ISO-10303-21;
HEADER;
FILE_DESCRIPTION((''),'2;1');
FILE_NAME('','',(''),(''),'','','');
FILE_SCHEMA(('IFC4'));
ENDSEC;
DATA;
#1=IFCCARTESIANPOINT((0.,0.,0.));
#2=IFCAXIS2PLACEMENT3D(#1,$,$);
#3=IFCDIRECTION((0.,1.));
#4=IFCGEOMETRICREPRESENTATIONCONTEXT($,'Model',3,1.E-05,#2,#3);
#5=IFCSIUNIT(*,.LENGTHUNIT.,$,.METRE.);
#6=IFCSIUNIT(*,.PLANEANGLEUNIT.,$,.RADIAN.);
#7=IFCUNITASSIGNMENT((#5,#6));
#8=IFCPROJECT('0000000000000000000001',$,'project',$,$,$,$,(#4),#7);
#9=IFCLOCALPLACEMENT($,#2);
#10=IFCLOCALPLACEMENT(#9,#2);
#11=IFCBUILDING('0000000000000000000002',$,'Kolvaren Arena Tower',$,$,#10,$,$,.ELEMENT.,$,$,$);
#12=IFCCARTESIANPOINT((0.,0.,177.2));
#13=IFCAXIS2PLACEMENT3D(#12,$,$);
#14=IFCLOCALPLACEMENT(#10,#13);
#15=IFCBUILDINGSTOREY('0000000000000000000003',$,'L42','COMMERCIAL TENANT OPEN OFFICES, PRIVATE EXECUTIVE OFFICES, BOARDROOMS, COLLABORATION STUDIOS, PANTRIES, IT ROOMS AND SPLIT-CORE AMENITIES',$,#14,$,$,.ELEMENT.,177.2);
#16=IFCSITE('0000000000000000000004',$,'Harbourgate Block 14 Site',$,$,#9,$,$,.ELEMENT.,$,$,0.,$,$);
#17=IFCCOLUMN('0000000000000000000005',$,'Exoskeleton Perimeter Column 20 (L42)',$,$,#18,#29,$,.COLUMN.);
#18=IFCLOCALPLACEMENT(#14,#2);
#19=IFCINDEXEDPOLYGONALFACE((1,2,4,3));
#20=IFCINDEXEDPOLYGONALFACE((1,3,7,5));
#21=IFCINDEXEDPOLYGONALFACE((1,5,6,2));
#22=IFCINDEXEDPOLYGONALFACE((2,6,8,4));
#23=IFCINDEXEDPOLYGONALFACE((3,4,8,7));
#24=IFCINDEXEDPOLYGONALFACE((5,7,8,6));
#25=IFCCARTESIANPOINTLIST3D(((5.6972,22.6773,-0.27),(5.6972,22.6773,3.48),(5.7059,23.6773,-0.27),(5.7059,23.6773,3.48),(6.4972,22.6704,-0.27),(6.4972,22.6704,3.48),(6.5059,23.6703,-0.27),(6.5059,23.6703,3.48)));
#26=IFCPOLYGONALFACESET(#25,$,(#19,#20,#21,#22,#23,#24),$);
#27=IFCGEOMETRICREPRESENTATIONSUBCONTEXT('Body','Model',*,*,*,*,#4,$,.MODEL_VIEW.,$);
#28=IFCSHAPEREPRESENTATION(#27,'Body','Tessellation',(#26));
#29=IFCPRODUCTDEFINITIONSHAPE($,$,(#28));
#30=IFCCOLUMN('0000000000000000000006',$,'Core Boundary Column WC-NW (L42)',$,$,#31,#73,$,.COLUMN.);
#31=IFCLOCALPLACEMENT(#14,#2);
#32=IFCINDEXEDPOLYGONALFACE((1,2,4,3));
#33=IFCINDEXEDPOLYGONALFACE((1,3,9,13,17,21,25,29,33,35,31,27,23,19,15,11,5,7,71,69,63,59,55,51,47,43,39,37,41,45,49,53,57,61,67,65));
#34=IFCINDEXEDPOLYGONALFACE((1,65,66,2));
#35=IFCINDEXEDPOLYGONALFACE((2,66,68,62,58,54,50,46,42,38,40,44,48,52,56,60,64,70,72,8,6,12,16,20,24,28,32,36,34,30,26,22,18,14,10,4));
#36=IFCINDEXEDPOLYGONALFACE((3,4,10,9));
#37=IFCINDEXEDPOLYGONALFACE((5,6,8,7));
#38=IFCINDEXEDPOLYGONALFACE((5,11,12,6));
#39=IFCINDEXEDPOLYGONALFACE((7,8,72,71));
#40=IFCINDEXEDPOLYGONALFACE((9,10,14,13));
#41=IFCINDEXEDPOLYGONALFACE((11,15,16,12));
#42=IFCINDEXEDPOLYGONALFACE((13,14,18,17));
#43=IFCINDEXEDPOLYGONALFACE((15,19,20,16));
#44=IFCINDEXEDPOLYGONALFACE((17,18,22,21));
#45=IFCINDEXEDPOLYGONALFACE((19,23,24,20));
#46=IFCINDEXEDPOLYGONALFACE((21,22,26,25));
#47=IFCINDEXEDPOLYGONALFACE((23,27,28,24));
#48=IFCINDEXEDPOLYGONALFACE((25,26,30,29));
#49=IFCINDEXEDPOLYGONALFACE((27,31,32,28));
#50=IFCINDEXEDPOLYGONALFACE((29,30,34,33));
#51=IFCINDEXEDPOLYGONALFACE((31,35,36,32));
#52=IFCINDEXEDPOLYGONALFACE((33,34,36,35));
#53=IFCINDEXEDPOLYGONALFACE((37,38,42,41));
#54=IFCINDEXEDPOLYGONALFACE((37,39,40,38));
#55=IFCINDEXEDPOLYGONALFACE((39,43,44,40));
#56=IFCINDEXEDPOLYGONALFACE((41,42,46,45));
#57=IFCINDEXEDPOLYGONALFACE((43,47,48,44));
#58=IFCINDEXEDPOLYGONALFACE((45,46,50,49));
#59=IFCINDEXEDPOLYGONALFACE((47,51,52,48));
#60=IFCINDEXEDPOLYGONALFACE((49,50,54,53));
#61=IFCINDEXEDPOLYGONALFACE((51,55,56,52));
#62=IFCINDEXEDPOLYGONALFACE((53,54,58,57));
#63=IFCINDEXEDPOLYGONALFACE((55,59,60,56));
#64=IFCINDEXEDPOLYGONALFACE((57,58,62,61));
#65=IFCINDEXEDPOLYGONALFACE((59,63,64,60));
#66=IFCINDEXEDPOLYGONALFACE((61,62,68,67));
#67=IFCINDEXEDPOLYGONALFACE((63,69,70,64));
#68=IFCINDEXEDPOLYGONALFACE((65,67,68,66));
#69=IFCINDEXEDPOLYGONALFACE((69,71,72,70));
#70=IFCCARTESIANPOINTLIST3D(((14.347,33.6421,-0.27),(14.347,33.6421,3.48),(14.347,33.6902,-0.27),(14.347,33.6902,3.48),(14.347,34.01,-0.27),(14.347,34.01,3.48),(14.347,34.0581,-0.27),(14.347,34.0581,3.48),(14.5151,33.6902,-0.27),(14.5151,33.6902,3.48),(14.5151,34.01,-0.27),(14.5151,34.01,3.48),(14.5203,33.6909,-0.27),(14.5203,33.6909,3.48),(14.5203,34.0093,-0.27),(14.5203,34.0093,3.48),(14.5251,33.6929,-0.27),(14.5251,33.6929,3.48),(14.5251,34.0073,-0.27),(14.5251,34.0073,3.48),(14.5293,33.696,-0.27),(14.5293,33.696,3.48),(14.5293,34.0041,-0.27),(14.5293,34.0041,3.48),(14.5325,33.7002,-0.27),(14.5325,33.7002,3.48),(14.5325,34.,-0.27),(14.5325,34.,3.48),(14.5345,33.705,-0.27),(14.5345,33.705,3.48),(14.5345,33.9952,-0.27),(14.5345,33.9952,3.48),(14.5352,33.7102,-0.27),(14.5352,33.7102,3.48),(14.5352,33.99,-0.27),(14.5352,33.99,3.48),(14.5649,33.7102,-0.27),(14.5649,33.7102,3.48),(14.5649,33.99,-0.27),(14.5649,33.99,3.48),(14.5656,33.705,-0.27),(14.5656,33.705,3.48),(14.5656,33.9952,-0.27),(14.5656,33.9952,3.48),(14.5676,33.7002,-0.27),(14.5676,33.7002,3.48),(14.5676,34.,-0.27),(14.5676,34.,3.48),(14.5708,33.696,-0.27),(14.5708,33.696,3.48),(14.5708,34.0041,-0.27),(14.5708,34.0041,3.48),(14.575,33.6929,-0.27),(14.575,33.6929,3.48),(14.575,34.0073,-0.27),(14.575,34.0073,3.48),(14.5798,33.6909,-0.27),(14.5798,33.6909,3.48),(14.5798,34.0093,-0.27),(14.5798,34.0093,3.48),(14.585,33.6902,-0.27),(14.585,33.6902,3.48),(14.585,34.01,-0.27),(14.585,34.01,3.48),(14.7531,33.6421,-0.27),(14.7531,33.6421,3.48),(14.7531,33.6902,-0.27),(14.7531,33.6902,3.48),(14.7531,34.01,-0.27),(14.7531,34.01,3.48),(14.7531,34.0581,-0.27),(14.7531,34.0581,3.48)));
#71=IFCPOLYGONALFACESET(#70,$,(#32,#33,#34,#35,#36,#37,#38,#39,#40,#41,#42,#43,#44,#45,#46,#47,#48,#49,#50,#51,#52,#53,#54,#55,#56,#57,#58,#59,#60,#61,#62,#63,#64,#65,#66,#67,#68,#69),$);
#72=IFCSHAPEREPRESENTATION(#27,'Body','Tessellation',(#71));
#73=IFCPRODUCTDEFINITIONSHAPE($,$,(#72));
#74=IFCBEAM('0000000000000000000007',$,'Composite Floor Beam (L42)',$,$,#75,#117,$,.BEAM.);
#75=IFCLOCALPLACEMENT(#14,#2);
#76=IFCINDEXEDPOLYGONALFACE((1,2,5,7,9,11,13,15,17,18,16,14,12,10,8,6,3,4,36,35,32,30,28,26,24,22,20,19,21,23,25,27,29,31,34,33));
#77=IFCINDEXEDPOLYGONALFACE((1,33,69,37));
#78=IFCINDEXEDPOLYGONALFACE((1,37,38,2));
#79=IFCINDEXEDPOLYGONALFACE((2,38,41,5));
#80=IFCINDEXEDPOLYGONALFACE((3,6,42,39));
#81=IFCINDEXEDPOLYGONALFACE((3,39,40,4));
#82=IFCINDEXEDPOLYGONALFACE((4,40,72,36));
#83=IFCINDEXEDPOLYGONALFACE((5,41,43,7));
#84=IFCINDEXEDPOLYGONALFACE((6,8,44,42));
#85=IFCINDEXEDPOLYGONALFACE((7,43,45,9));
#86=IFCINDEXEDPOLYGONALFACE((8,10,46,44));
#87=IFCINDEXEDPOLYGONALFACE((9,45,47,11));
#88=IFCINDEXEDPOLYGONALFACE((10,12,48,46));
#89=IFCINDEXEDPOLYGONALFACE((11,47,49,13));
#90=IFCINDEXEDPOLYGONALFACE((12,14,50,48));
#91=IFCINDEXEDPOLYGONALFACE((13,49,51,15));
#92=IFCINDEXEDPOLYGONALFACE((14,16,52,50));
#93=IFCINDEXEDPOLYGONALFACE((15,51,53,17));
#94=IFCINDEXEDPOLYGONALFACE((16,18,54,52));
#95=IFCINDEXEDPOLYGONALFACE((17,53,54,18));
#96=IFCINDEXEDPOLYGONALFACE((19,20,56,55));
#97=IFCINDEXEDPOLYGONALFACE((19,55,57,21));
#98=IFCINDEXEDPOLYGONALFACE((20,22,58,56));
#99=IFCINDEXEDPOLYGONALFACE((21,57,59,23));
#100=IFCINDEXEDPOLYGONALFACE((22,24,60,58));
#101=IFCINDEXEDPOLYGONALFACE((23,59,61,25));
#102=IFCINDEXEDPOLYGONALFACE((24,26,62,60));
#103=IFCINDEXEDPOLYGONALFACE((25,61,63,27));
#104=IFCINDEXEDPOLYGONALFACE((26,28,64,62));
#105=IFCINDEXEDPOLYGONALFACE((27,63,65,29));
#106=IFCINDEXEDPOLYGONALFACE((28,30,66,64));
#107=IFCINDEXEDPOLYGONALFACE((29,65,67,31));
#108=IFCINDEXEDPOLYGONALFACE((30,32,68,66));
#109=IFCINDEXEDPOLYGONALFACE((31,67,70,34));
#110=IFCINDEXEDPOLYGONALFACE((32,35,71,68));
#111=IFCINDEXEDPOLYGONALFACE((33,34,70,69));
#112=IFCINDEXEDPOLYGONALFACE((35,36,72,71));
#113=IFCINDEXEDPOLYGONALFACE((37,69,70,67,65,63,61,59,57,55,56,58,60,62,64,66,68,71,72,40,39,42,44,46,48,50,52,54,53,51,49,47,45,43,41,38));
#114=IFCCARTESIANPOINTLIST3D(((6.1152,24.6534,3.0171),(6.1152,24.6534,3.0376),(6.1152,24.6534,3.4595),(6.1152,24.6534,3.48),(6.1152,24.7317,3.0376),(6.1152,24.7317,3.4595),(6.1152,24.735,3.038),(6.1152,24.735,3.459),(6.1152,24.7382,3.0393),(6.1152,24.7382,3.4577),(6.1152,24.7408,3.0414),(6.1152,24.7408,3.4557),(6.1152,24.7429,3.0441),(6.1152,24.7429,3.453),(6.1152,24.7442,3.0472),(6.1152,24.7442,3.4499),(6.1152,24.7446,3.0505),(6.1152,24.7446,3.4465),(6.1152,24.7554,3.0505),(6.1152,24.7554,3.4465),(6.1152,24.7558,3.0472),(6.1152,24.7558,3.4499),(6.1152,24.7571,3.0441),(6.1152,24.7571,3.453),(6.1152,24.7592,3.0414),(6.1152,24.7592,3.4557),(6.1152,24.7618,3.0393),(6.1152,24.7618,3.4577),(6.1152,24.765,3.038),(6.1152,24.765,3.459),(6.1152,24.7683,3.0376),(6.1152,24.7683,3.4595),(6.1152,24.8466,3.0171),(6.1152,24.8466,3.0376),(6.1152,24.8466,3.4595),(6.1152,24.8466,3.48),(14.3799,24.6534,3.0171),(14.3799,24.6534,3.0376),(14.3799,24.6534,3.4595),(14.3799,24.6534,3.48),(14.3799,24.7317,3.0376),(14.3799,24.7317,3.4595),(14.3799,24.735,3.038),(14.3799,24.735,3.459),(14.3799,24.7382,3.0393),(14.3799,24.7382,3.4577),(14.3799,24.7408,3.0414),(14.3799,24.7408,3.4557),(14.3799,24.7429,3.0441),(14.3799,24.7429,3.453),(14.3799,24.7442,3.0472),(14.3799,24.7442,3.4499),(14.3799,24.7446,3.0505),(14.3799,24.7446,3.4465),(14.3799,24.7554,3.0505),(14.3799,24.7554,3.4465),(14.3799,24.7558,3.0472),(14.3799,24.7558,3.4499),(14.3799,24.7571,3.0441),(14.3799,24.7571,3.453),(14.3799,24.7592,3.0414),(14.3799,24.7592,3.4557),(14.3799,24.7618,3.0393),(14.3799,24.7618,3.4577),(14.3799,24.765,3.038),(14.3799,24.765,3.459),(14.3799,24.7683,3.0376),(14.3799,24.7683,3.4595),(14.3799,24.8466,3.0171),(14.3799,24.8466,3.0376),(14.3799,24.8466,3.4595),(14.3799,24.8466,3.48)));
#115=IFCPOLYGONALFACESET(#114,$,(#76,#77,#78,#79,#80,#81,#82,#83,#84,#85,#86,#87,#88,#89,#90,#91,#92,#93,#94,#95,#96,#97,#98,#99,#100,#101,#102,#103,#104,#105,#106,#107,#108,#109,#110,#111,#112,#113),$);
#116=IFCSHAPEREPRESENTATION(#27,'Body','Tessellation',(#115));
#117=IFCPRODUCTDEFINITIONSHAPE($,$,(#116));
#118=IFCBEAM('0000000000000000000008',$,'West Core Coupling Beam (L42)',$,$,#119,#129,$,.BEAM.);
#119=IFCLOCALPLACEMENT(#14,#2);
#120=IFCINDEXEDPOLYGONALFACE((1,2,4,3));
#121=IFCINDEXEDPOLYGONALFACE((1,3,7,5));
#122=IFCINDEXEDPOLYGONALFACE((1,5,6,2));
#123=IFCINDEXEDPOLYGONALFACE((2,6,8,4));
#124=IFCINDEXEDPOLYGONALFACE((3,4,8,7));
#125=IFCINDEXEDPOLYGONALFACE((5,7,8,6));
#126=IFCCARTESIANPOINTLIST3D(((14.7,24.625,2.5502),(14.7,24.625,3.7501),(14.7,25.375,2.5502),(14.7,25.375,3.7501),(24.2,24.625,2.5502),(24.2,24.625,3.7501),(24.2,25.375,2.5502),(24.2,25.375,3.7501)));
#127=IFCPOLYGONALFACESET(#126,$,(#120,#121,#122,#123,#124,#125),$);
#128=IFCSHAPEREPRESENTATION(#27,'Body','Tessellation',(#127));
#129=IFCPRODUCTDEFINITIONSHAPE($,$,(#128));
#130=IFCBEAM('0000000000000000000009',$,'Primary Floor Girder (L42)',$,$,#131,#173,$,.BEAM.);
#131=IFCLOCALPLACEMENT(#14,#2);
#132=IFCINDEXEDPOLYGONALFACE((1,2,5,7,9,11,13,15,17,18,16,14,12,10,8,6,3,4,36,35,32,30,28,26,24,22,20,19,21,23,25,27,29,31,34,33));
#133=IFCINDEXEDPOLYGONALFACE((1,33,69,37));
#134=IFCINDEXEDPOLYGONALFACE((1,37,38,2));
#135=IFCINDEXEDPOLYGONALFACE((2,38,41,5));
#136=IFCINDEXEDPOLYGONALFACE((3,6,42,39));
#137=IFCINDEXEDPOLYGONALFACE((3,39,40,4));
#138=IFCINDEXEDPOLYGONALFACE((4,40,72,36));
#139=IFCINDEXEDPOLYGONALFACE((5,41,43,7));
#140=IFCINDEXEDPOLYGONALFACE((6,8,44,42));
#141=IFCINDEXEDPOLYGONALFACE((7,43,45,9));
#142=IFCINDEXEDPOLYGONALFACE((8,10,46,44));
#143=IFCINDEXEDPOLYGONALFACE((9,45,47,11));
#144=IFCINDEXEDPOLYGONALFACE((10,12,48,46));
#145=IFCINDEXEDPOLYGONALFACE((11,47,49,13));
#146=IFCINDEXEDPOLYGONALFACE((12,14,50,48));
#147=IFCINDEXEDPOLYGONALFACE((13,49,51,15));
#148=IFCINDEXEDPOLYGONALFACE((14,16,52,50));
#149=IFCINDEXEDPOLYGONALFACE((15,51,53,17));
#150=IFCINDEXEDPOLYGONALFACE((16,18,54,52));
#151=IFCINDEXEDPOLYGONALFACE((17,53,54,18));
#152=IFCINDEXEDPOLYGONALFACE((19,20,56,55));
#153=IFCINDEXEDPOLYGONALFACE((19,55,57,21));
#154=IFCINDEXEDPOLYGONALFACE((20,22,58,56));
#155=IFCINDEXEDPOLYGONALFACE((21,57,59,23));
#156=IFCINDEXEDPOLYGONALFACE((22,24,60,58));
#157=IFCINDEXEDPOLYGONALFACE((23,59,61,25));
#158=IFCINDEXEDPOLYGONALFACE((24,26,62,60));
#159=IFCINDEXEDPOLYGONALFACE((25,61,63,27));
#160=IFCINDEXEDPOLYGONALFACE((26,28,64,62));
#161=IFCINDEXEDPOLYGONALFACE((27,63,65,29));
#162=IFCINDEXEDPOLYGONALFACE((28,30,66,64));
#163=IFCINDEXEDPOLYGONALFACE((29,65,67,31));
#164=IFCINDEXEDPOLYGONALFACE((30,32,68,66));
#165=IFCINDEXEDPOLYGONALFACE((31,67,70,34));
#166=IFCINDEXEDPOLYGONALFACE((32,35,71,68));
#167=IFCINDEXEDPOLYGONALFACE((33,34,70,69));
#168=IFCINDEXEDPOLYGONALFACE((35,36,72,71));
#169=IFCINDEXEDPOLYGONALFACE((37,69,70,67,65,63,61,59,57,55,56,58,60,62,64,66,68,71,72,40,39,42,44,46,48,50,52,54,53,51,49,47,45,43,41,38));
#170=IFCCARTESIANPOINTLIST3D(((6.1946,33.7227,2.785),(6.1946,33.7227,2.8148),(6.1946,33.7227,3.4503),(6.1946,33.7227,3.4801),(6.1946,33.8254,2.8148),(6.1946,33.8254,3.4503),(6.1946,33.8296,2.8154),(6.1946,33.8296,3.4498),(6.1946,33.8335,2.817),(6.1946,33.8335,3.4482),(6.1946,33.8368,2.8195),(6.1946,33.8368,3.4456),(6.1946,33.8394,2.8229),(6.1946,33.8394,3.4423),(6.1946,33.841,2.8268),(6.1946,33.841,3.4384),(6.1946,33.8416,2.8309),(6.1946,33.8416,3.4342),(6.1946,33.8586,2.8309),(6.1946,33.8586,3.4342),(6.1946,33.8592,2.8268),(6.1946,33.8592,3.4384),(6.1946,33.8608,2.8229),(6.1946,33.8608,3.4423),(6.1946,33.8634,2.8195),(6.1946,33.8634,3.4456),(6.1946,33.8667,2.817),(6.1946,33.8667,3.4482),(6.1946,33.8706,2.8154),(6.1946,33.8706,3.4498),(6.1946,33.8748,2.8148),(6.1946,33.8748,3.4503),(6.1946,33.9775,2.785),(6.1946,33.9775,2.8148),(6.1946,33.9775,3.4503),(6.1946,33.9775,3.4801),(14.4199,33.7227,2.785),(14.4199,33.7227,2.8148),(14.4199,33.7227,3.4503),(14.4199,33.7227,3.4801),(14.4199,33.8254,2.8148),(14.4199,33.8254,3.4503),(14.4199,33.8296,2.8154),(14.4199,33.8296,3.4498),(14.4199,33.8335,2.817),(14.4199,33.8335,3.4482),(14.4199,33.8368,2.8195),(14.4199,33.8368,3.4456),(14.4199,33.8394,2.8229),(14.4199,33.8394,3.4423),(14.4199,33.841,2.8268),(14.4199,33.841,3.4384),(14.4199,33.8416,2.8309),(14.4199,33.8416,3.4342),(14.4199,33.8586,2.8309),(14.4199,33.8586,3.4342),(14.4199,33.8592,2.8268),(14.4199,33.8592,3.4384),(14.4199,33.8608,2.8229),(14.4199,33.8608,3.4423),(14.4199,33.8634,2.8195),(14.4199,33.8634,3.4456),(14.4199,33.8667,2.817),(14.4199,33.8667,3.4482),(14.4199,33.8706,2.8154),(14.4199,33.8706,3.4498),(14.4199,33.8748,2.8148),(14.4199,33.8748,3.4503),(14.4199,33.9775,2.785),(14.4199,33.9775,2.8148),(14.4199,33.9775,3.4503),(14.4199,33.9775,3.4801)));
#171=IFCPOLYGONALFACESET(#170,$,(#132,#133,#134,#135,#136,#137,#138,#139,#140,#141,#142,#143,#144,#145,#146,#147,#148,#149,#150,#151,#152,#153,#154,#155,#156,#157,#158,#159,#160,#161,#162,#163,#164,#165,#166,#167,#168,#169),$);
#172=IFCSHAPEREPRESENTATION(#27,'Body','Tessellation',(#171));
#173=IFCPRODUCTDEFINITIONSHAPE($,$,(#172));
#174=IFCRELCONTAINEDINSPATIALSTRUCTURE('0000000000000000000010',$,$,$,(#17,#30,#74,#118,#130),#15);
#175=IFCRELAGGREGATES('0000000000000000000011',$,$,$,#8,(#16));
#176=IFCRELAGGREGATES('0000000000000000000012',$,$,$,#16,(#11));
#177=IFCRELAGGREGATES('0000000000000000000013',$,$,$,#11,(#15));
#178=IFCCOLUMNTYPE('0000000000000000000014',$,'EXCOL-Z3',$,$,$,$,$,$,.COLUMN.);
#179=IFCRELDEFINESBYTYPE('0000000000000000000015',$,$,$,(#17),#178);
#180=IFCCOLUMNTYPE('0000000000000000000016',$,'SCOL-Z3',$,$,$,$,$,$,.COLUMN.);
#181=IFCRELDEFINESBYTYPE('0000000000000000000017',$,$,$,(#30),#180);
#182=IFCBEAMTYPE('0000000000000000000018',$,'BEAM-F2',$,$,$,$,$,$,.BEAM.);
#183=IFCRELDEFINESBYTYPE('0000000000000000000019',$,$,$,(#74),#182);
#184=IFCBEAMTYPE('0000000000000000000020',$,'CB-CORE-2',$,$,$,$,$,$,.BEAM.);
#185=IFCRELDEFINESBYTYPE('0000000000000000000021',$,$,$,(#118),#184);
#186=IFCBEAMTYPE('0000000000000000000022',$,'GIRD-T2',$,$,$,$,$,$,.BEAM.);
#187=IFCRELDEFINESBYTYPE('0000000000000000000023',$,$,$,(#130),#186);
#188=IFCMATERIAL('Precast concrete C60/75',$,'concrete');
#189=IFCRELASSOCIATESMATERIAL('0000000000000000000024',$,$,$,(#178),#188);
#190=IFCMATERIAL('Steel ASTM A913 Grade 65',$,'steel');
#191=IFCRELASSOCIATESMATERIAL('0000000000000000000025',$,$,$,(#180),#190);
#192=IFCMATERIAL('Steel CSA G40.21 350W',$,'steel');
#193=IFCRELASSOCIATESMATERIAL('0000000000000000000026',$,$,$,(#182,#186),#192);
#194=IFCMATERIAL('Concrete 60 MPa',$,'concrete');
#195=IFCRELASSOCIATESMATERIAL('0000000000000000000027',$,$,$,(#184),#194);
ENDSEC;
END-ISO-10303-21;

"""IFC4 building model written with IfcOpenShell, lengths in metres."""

from ifc_helpers import new_model, si_unit, direction, frame, origin, origin_2d, place, context, subcontext, project, spatial, rectangle, i_section, extrude, material, material_profile, profile_set, type_object, element, save


model = new_model("IFC4")

# Units and contexts
model_context = context("Model", 3, precision=1e-05, world=origin(), true_north=direction((0.0, 1.0)))
body_context = subcontext(model_context, "Body", "Model", "MODEL_VIEW")
ifc_project = project(units=[si_unit("LENGTHUNIT", "METRE"), si_unit("PLANEANGLEUNIT", "RADIAN")], contexts=[model_context])

# Site, building, storey
site_placement = place(None, origin())
site = spatial("IfcSite", under=ifc_project, at=site_placement, Name="Harbourgate Block 14 Site", CompositionType="ELEMENT", RefElevation=0.0)
building_placement = place(site_placement, origin())
building = spatial("IfcBuilding", under=site, at=building_placement, Name="Kolvaren Arena Tower", CompositionType="ELEMENT")
storey_placement = place(building_placement, frame((0.0, 0.0, 177.2)))
storey = spatial("IfcBuildingStorey", under=building, at=storey_placement, Name="L42", Description="COMMERCIAL TENANT OPEN OFFICES, PRIVATE EXECUTIVE OFFICES, BOARDROOMS, COLLABORATION STUDIOS, PANTRIES, IT ROOMS AND SPLIT-CORE AMENITIES", CompositionType="ELEMENT", Elevation=177.2)

# Columns
ifc_material_1 = material(Name="Precast concrete C60/75", Category="concrete")
ifc_material_profile_1 = material_profile(ifc_material_1, rectangle(XDim=1.0, YDim=0.8, at=origin_2d()), Name="RC-1000x800")
ifc_profile_set_1 = profile_set([ifc_material_profile_1], Name="Precast concrete C60/75")
column_type_1 = type_object("IfcColumnType", Name="EXCOL-Z3", PredefinedType="COLUMN", material=ifc_profile_set_1)
column_1_placement = place(storey_placement, frame((6.1016, 23.1738, -0.27), z_axis=(0.0, 0.0, 1.0), x_axis=(0.008727, 0.999962, 0.0)))
element("IfcColumn", 1, at=column_1_placement, inside=storey, type_object=column_type_1, Name="Exoskeleton Perimeter Column 20 (L42)", PredefinedType="COLUMN", context=body_context, shape_type="SweptSolid", body=[
    extrude(rectangle(XDim=1.0, YDim=0.8, at=origin_2d()), origin(), (0.0, 0.0, 1.0), 3.75),
])
ifc_material_2 = material(Name="Steel ASTM A913 Grade 65", Category="steel")
ifc_material_profile_2 = material_profile(ifc_material_2, i_section(OverallWidth=0.406, OverallDepth=0.416, WebThickness=0.0298, FlangeThickness=0.0481, FilletRadius=0.02, at=origin_2d()), Name="W360x382")
ifc_profile_set_2 = profile_set([ifc_material_profile_2], Name="Steel ASTM A913 Grade 65")
column_type_2 = type_object("IfcColumnType", Name="SCOL-Z3", PredefinedType="COLUMN", material=ifc_profile_set_2)
column_2_placement = place(storey_placement, frame((14.55, 33.8501, -0.27), z_axis=(0.0, 0.0, 1.0), x_axis=(1.0, 0.0, 0.0)))
element("IfcColumn", 2, at=column_2_placement, inside=storey, type_object=column_type_2, Name="Core Boundary Column WC-NW (L42)", PredefinedType="COLUMN", context=body_context, shape_type="SweptSolid", body=[
    extrude(i_section(OverallWidth=0.406, OverallDepth=0.416, WebThickness=0.0298, FlangeThickness=0.0481, FilletRadius=0.02, at=origin_2d()), origin(), (0.0, 0.0, 1.0), 3.75),
])

# Beams
ifc_material_3 = material(Name="Steel CSA G40.21 350W", Category="steel")
ifc_material_profile_3 = material_profile(ifc_material_3, i_section(OverallWidth=0.1931, OverallDepth=0.4629, WebThickness=0.0107, FlangeThickness=0.0205, FilletRadius=0.0129, at=origin_2d()), Name="W460x113")
ifc_profile_set_3 = profile_set([ifc_material_profile_3], Name="Steel CSA G40.21 350W")
beam_type_1 = type_object("IfcBeamType", Name="BEAM-F2", PredefinedType="BEAM", material=ifc_profile_set_3)
beam_1_placement = place(storey_placement, frame((6.1152, 24.75, 3.2485), z_axis=(1.0, 0.0, 0.0), x_axis=(0.0, 1.0, 0.0)))
element("IfcBeam", 3, at=beam_1_placement, inside=storey, type_object=beam_type_1, Name="Composite Floor Beam (L42)", PredefinedType="BEAM", context=body_context, shape_type="SweptSolid", body=[
    extrude(i_section(OverallWidth=0.1931, OverallDepth=0.4629, WebThickness=0.0107, FlangeThickness=0.0205, FilletRadius=0.0129, at=origin_2d()), origin(), (0.0, 0.0, 1.0), 8.2646),
])
ifc_material_4 = material(Name="Concrete 60 MPa", Category="concrete")
ifc_material_profile_4 = material_profile(ifc_material_4, rectangle(XDim=0.75, YDim=1.2, at=origin_2d()), Name="RC-750x1200")
ifc_profile_set_4 = profile_set([ifc_material_profile_4], Name="Concrete 60 MPa")
beam_type_2 = type_object("IfcBeamType", Name="CB-CORE-2", PredefinedType="BEAM", material=ifc_profile_set_4)
beam_2_placement = place(storey_placement, frame((14.7, 25.0, 3.1501), z_axis=(1.0, 0.0, 0.0), x_axis=(0.0, 1.0, 0.0)))
element("IfcBeam", 4, at=beam_2_placement, inside=storey, type_object=beam_type_2, Name="West Core Coupling Beam (L42)", PredefinedType="BEAM", context=body_context, shape_type="SweptSolid", body=[
    extrude(rectangle(XDim=0.75, YDim=1.2, at=origin_2d()), origin(), (0.0, 0.0, 1.0), 9.5),
])
ifc_material_profile_5 = material_profile(ifc_material_3, i_section(OverallWidth=0.2549, OverallDepth=0.6951, WebThickness=0.0171, FlangeThickness=0.0298, FilletRadius=0.0161, at=origin_2d()), Name="W690x217")
ifc_profile_set_5 = profile_set([ifc_material_profile_5], Name="Steel CSA G40.21 350W")
beam_type_3 = type_object("IfcBeamType", Name="GIRD-T2", PredefinedType="BEAM", material=ifc_profile_set_5)
beam_3_placement = place(storey_placement, frame((6.1946, 33.8501, 3.1326), z_axis=(1.0, 0.0, 0.0), x_axis=(0.0, 1.0, 0.0)))
element("IfcBeam", 5, at=beam_3_placement, inside=storey, type_object=beam_type_3, Name="Primary Floor Girder (L42)", PredefinedType="BEAM", context=body_context, shape_type="SweptSolid", body=[
    extrude(i_section(OverallWidth=0.2549, OverallDepth=0.6951, WebThickness=0.0171, FlangeThickness=0.0298, FilletRadius=0.0161, at=origin_2d()), origin(), (0.0, 0.0, 1.0), 8.2253),
])

save(model, "model.ifc")
